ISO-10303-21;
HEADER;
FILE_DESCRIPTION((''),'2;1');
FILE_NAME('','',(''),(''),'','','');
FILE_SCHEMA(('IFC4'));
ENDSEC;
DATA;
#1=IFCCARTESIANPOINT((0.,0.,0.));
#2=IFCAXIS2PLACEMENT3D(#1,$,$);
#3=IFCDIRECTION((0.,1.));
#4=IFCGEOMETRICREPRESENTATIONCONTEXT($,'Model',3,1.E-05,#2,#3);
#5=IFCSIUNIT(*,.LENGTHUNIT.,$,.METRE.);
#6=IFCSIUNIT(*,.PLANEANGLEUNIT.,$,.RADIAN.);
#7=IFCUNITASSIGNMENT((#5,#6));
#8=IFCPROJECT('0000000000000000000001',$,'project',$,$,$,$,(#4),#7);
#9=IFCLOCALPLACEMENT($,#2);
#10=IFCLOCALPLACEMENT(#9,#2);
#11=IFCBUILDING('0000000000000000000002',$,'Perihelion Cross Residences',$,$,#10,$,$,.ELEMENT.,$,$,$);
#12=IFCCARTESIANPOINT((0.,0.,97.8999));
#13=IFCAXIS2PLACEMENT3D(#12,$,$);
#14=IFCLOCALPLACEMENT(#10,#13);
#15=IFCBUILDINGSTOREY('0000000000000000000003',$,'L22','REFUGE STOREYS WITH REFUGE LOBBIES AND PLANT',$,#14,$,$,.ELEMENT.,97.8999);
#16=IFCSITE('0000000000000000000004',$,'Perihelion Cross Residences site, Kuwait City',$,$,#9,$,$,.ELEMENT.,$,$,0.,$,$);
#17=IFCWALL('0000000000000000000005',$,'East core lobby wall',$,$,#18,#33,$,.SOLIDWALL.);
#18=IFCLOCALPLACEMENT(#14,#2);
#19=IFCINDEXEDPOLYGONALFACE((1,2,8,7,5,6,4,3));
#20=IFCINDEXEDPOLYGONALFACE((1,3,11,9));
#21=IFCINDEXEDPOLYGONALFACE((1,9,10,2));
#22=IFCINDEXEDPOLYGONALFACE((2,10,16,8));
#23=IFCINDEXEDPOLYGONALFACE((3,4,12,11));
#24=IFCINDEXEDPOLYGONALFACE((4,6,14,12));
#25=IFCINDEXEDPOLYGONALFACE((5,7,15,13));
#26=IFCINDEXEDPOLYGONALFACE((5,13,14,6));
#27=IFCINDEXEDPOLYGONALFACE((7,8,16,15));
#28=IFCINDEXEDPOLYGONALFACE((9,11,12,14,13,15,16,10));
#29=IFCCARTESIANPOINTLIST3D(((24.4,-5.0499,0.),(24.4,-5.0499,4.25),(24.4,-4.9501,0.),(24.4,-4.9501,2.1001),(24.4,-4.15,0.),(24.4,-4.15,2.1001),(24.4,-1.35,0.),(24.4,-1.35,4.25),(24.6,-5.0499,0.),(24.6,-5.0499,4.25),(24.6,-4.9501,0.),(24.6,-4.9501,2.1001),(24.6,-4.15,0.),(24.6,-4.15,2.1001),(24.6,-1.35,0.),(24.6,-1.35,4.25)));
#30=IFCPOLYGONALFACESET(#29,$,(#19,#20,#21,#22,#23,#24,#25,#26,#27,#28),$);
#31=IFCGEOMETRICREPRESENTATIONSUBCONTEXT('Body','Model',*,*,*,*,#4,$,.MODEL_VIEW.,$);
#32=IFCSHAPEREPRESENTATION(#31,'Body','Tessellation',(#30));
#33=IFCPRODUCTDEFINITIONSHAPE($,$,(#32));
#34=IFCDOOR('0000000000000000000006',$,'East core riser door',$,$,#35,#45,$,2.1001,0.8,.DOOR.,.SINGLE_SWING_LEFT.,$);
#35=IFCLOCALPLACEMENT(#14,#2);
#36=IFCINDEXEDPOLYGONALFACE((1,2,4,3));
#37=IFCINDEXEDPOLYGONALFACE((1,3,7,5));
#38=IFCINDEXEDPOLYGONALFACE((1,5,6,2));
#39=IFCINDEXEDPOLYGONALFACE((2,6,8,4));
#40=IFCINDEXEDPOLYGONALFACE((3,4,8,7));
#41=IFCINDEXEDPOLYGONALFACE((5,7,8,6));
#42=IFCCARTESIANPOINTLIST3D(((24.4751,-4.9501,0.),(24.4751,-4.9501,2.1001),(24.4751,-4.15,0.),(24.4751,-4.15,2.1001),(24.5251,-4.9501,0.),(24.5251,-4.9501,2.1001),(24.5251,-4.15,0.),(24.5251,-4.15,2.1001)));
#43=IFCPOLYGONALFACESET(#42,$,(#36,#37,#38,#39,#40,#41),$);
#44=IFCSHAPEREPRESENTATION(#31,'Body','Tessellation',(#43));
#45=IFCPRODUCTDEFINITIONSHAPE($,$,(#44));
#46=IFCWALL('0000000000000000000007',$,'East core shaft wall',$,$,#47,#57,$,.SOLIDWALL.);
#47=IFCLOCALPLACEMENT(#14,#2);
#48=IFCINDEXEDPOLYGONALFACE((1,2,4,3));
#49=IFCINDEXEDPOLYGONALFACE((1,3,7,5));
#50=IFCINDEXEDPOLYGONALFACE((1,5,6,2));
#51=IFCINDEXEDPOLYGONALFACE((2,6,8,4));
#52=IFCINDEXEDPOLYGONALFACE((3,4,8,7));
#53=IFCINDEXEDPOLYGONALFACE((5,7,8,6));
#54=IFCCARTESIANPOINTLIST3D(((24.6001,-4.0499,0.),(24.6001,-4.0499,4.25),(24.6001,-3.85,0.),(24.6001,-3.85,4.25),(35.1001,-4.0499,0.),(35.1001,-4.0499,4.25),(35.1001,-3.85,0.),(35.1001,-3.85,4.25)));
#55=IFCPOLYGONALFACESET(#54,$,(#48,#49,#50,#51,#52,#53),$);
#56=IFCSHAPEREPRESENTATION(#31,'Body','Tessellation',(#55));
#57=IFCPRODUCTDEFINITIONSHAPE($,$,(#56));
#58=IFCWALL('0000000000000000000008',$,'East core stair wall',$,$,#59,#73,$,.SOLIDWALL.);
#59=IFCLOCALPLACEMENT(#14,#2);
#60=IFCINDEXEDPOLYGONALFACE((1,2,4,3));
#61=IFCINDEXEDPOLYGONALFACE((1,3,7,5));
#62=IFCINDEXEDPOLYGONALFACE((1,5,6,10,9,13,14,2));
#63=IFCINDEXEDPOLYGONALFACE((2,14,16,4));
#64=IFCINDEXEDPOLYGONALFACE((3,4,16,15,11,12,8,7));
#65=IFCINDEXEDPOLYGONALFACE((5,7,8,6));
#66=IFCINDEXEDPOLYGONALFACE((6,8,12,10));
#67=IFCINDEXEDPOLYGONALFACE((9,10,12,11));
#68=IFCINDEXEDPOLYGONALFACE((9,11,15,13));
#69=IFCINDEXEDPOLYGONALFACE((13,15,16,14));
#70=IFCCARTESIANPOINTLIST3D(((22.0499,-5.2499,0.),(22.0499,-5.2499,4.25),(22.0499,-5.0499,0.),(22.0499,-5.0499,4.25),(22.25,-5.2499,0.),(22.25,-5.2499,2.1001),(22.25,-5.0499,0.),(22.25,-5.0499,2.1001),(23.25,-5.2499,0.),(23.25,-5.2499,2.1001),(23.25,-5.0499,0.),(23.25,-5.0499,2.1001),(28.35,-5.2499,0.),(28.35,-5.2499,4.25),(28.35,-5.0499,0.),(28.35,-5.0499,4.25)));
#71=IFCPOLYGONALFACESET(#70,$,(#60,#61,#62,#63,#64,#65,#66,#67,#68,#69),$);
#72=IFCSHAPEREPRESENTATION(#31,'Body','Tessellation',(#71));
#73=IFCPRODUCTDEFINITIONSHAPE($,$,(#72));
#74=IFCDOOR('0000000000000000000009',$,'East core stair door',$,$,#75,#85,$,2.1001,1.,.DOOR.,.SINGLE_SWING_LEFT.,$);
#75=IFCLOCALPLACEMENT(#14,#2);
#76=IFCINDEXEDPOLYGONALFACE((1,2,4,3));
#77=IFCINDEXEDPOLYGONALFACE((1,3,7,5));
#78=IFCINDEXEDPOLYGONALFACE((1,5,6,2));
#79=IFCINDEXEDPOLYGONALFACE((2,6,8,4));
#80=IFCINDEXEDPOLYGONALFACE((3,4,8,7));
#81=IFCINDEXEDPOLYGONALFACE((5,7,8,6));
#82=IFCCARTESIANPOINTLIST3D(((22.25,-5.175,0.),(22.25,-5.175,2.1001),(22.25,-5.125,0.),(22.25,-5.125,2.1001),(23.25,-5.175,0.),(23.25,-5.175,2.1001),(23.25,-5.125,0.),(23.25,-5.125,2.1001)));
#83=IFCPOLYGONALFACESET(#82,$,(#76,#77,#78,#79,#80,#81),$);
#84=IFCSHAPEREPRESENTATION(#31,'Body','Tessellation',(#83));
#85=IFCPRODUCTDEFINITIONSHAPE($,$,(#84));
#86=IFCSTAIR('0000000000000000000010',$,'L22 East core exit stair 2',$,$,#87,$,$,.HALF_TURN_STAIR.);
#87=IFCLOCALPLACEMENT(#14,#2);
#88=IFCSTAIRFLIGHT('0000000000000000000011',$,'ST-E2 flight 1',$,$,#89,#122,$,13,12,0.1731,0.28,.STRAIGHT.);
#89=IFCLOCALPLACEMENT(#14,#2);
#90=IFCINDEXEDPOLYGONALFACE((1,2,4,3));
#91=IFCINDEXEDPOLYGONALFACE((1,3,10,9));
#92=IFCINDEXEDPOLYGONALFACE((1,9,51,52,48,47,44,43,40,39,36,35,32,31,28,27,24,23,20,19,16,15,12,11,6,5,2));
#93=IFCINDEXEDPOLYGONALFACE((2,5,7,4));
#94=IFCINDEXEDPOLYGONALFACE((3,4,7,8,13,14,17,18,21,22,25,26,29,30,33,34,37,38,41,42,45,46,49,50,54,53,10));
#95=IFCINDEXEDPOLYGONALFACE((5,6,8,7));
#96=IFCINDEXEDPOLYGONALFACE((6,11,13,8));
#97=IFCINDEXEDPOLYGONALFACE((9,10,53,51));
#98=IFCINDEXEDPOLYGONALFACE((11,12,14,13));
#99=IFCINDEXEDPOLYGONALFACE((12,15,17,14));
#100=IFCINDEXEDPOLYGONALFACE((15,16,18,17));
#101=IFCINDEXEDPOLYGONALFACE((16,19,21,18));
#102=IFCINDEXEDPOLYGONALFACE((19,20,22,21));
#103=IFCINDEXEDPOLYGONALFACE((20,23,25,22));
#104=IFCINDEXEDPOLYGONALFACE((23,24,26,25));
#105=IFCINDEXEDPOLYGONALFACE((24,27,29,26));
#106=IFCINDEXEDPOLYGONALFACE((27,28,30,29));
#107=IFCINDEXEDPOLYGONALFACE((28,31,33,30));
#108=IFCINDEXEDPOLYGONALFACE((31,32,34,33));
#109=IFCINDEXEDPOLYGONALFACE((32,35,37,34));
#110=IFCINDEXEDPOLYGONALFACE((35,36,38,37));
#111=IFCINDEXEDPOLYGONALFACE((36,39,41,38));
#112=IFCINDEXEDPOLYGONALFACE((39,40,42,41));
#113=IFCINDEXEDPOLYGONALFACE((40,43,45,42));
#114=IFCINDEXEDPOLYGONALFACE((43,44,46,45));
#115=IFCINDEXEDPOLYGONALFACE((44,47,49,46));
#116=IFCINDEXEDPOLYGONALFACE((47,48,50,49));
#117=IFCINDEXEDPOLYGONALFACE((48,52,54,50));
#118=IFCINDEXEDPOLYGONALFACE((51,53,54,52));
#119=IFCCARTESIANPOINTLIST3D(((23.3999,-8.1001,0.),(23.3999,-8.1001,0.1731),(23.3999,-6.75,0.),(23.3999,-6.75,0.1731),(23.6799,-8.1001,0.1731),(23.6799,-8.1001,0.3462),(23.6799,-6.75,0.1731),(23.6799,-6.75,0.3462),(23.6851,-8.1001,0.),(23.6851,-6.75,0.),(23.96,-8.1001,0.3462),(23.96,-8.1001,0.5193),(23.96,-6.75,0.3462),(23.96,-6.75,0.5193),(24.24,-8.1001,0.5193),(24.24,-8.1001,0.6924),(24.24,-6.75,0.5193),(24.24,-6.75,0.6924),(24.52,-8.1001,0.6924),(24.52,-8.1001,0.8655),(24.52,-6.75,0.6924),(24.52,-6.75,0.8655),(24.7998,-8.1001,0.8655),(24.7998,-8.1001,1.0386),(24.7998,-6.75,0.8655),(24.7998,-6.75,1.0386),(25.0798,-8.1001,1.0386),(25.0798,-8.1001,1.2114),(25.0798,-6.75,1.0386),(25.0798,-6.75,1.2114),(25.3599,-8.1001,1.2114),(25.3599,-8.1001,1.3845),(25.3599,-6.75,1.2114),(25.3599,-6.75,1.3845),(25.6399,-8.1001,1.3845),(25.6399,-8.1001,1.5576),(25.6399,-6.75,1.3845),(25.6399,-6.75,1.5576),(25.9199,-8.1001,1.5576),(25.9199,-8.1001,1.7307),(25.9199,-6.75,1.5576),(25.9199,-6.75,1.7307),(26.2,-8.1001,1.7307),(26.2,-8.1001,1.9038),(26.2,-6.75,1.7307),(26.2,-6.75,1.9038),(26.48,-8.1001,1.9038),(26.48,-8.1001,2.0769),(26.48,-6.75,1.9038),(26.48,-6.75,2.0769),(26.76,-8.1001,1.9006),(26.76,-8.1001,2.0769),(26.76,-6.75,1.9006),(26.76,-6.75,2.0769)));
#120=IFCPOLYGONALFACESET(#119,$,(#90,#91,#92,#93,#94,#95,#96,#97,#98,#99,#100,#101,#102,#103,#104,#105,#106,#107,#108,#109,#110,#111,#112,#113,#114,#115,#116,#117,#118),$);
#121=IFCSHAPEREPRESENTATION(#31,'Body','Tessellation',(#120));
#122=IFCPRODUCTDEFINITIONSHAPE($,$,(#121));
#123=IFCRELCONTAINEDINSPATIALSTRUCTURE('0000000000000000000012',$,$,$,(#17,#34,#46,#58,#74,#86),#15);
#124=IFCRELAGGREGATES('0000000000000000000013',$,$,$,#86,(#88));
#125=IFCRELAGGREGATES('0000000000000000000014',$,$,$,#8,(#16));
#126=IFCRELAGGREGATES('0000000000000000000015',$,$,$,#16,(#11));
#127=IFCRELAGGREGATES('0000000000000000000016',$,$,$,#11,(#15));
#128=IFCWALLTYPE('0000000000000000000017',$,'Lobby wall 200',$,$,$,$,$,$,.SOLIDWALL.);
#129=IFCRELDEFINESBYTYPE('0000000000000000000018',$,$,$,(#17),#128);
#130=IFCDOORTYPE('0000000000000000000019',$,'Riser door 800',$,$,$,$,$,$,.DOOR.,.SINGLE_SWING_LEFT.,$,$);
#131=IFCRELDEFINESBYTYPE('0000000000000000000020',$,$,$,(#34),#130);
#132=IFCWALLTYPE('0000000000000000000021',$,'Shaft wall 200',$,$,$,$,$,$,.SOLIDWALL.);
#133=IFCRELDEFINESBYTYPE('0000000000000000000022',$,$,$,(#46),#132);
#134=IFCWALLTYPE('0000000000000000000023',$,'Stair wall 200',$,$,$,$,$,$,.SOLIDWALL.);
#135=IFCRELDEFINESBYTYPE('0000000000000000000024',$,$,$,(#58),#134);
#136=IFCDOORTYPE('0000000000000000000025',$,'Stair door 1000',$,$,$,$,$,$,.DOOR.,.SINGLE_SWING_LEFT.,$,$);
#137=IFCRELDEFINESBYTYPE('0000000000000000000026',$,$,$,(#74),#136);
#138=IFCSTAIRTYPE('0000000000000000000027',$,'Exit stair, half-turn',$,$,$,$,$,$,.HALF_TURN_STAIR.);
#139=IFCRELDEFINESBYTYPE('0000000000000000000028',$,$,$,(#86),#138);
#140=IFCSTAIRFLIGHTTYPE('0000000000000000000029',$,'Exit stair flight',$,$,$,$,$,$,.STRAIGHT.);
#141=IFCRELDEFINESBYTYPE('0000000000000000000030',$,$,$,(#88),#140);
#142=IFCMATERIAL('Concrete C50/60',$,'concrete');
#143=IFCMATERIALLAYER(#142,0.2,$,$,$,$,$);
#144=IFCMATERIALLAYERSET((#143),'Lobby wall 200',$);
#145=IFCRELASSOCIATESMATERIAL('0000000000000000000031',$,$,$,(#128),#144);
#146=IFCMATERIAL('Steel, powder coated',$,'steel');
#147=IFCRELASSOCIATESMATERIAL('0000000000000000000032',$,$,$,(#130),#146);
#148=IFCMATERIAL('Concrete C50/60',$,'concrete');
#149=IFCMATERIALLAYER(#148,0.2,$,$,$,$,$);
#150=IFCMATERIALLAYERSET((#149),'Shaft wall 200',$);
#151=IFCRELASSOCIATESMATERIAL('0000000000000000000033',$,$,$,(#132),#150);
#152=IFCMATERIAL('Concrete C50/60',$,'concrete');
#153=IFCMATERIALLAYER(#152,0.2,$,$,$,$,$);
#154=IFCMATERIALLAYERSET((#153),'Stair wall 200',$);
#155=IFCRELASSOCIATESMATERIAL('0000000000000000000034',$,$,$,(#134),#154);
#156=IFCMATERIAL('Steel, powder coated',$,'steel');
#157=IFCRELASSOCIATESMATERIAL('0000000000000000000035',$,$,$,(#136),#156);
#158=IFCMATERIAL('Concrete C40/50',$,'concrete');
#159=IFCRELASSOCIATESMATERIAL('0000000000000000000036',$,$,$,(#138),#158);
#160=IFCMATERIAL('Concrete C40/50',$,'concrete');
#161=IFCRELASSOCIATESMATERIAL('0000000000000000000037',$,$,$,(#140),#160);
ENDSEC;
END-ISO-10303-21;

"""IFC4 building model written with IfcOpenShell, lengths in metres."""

from ifc_helpers import new_model, si_unit, direction, frame, frame_2d, origin, place, context, subcontext, project, spatial, polyline, rectangle, outline, extrude, material, layer, layer_set, type_object, element, fill, aggregate, save


model = new_model("IFC4")

# Units and contexts
model_context = context("Model", 3, precision=1e-05, world=origin(), true_north=direction((0.0, 1.0)))
body_context = subcontext(model_context, "Body", "Model", "MODEL_VIEW")
ifc_project = project(units=[si_unit("LENGTHUNIT", "METRE"), si_unit("PLANEANGLEUNIT", "RADIAN")], contexts=[model_context])

# Site, building, storey
site_placement = place(None, origin())
site = spatial("IfcSite", under=ifc_project, at=site_placement, Name="Perihelion Cross Residences site, Kuwait City", CompositionType="ELEMENT", RefElevation=0.0)
building_placement = place(site_placement, origin())
building = spatial("IfcBuilding", under=site, at=building_placement, Name="Perihelion Cross Residences", CompositionType="ELEMENT")
storey_placement = place(building_placement, frame((0.0, 0.0, 97.8999)))
storey = spatial("IfcBuildingStorey", under=building, at=storey_placement, Name="L22", Description="REFUGE STOREYS WITH REFUGE LOBBIES AND PLANT", CompositionType="ELEMENT", Elevation=97.8999)

# Wall, opening, door
ifc_material_1 = material(Name="Concrete C50/60", Category="concrete")
ifc_layer_1 = layer(ifc_material_1, 0.2)
ifc_layer_set_1 = layer_set([ifc_layer_1], Name="Lobby wall 200")
wall_type_1 = type_object("IfcWallType", Name="Lobby wall 200", PredefinedType="SOLIDWALL", material=ifc_layer_set_1)
wall_1_placement = place(storey_placement, frame((24.5, -5.05, 0.0), z_axis=(0.0, 0.0, 1.0), x_axis=(0.0, 1.0, 0.0)))
wall_1 = element("IfcWall", 1, at=wall_1_placement, inside=storey, type_object=wall_type_1, Name="East core lobby wall", PredefinedType="SOLIDWALL", context=body_context, shape_type="SweptSolid", body=[
    extrude(rectangle(XDim=3.7, YDim=0.2, at=frame_2d((1.8501, 0.0))), origin(), (0.0, 0.0, 1.0), 4.25),
])
opening_1_placement = place(wall_1_placement, frame((0.1001, 0.0, 0.0)))
opening_1 = element("IfcOpeningElement", 2, at=opening_1_placement, cuts=wall_1, PredefinedType="OPENING", context=body_context, shape_type="SweptSolid", body=[
    extrude(rectangle(XDim=0.8, YDim=2.1001, at=frame_2d((0.3999, 1.05))), frame((0.0, 0.1099, 0.0), z_axis=(0.0, -1.0, 0.0), x_axis=(1.0, 0.0, 0.0)), (0.0, 0.0, 1.0), 0.22),
])
ifc_material_2 = material(Name="Steel, powder coated", Category="steel")
door_type_1 = type_object("IfcDoorType", Name="Riser door 800", OperationType="SINGLE_SWING_LEFT", PredefinedType="DOOR", material=ifc_material_2)
door_1_placement = place(opening_1_placement, origin())
door_1 = element("IfcDoor", 3, at=door_1_placement, inside=storey, type_object=door_type_1, Name="East core riser door", OperationType="SINGLE_SWING_LEFT", OverallHeight=2.1001, OverallWidth=0.8, PredefinedType="DOOR", context=body_context, shape_type="SweptSolid", body=[
    extrude(rectangle(XDim=0.8, YDim=2.1001, at=frame_2d((0.3999, 1.05))), frame((0.0, 0.0249, 0.0), z_axis=(0.0, -1.0, 0.0), x_axis=(1.0, 0.0, 0.0)), (0.0, 0.0, 1.0), 0.05),
])
fill(opening_1, door_1)

# Wall
ifc_material_3 = material(Name="Concrete C50/60", Category="concrete")
ifc_layer_2 = layer(ifc_material_3, 0.2)
ifc_layer_set_2 = layer_set([ifc_layer_2], Name="Shaft wall 200")
wall_type_2 = type_object("IfcWallType", Name="Shaft wall 200", PredefinedType="SOLIDWALL", material=ifc_layer_set_2)
wall_2_placement = place(storey_placement, frame((24.6001, -3.95, 0.0), z_axis=(0.0, 0.0, 1.0), x_axis=(1.0, 0.0, 0.0)))
element("IfcWall", 4, at=wall_2_placement, inside=storey, type_object=wall_type_2, Name="East core shaft wall", PredefinedType="SOLIDWALL", context=body_context, shape_type="SweptSolid", body=[
    extrude(rectangle(XDim=10.5, YDim=0.2, at=frame_2d((5.25, 0.0))), origin(), (0.0, 0.0, 1.0), 4.25),
])

# Wall, opening, door
ifc_material_4 = material(Name="Concrete C50/60", Category="concrete")
ifc_layer_3 = layer(ifc_material_4, 0.2)
ifc_layer_set_3 = layer_set([ifc_layer_3], Name="Stair wall 200")
wall_type_3 = type_object("IfcWallType", Name="Stair wall 200", PredefinedType="SOLIDWALL", material=ifc_layer_set_3)
wall_3_placement = place(storey_placement, frame((22.05, -5.1499, 0.0), z_axis=(0.0, 0.0, 1.0), x_axis=(1.0, 0.0, 0.0)))
wall_3 = element("IfcWall", 5, at=wall_3_placement, inside=storey, type_object=wall_type_3, Name="East core stair wall", PredefinedType="SOLIDWALL", context=body_context, shape_type="SweptSolid", body=[
    extrude(rectangle(XDim=6.3, YDim=0.2, at=frame_2d((3.1499, 0.0))), origin(), (0.0, 0.0, 1.0), 4.25),
])
opening_2_placement = place(wall_3_placement, frame((0.2, 0.0, 0.0)))
opening_2 = element("IfcOpeningElement", 6, at=opening_2_placement, cuts=wall_3, PredefinedType="OPENING", context=body_context, shape_type="SweptSolid", body=[
    extrude(rectangle(XDim=1.0, YDim=2.1001, at=frame_2d((0.5, 1.05))), frame((0.0, 0.1099, 0.0), z_axis=(0.0, -1.0, 0.0), x_axis=(1.0, 0.0, 0.0)), (0.0, 0.0, 1.0), 0.22),
])
ifc_material_5 = material(Name="Steel, powder coated", Category="steel")
door_type_2 = type_object("IfcDoorType", Name="Stair door 1000", OperationType="SINGLE_SWING_LEFT", PredefinedType="DOOR", material=ifc_material_5)
door_2_placement = place(opening_2_placement, origin())
door_2 = element("IfcDoor", 7, at=door_2_placement, inside=storey, type_object=door_type_2, Name="East core stair door", OperationType="SINGLE_SWING_LEFT", OverallHeight=2.1001, OverallWidth=1.0, PredefinedType="DOOR", context=body_context, shape_type="SweptSolid", body=[
    extrude(rectangle(XDim=1.0, YDim=2.1001, at=frame_2d((0.5, 1.05))), frame((0.0, 0.0249, 0.0), z_axis=(0.0, -1.0, 0.0), x_axis=(1.0, 0.0, 0.0)), (0.0, 0.0, 1.0), 0.05),
])
fill(opening_2, door_2)

# Stair, stair flight
ifc_material_6 = material(Name="Concrete C40/50", Category="concrete")
stair_type = type_object("IfcStairType", Name="Exit stair, half-turn", PredefinedType="HALF_TURN_STAIR", material=ifc_material_6)
stair_placement = place(storey_placement, origin())
stair = element("IfcStair", 8, at=stair_placement, inside=storey, type_object=stair_type, Name="L22 East core exit stair 2", PredefinedType="HALF_TURN_STAIR")
ifc_material_7 = material(Name="Concrete C40/50", Category="concrete")
stair_flight_type = type_object("IfcStairFlightType", Name="Exit stair flight", PredefinedType="STRAIGHT", material=ifc_material_7)
stair_flight_placement = place(storey_placement, frame((23.3999, -7.425, 0.0), z_axis=(0.0, 0.0, 1.0), x_axis=(1.0, 0.0, 0.0)))
stair_flight = element("IfcStairFlight", 9, at=stair_flight_placement, type_object=stair_flight_type, Name="ST-E2 flight 1", NumberOfRisers=13, NumberOfTreads=12, PredefinedType="STRAIGHT", RiserHeight=0.1731, TreadLength=0.28, context=body_context, shape_type="SweptSolid", body=[
    extrude(outline(polyline([(0.0, 0.0), (0.0, 0.1731), (0.28, 0.1731), (0.28, 0.3462), (0.5601, 0.3462), (0.5601, 0.5193), (0.8401, 0.5193), (0.8401, 0.6924), (1.1201, 0.6924), (1.1201, 0.8655), (1.3999, 0.8655), (1.3999, 1.0386), (1.6799, 1.0386), (1.6799, 1.2114), (1.96, 1.2114), (1.96, 1.3845), (2.24, 1.3845), (2.24, 1.5576), (2.52, 1.5576), (2.52, 1.7307), (2.8, 1.7307), (2.8, 1.9038), (3.0801, 1.9038), (3.0801, 2.0769), (3.3601, 2.0769), (3.3601, 2.25), (3.3601, 1.9006), (0.2852, 0.0), (0.0, 0.0)])), frame((0.0, 0.675, 0.0), z_axis=(0.0, -1.0, 0.0), x_axis=(1.0, 0.0, 0.0)), (0.0, 0.0, 1.0), 1.3501),
])
aggregate(stair, [stair_flight])

save(model, "model.ifc")
